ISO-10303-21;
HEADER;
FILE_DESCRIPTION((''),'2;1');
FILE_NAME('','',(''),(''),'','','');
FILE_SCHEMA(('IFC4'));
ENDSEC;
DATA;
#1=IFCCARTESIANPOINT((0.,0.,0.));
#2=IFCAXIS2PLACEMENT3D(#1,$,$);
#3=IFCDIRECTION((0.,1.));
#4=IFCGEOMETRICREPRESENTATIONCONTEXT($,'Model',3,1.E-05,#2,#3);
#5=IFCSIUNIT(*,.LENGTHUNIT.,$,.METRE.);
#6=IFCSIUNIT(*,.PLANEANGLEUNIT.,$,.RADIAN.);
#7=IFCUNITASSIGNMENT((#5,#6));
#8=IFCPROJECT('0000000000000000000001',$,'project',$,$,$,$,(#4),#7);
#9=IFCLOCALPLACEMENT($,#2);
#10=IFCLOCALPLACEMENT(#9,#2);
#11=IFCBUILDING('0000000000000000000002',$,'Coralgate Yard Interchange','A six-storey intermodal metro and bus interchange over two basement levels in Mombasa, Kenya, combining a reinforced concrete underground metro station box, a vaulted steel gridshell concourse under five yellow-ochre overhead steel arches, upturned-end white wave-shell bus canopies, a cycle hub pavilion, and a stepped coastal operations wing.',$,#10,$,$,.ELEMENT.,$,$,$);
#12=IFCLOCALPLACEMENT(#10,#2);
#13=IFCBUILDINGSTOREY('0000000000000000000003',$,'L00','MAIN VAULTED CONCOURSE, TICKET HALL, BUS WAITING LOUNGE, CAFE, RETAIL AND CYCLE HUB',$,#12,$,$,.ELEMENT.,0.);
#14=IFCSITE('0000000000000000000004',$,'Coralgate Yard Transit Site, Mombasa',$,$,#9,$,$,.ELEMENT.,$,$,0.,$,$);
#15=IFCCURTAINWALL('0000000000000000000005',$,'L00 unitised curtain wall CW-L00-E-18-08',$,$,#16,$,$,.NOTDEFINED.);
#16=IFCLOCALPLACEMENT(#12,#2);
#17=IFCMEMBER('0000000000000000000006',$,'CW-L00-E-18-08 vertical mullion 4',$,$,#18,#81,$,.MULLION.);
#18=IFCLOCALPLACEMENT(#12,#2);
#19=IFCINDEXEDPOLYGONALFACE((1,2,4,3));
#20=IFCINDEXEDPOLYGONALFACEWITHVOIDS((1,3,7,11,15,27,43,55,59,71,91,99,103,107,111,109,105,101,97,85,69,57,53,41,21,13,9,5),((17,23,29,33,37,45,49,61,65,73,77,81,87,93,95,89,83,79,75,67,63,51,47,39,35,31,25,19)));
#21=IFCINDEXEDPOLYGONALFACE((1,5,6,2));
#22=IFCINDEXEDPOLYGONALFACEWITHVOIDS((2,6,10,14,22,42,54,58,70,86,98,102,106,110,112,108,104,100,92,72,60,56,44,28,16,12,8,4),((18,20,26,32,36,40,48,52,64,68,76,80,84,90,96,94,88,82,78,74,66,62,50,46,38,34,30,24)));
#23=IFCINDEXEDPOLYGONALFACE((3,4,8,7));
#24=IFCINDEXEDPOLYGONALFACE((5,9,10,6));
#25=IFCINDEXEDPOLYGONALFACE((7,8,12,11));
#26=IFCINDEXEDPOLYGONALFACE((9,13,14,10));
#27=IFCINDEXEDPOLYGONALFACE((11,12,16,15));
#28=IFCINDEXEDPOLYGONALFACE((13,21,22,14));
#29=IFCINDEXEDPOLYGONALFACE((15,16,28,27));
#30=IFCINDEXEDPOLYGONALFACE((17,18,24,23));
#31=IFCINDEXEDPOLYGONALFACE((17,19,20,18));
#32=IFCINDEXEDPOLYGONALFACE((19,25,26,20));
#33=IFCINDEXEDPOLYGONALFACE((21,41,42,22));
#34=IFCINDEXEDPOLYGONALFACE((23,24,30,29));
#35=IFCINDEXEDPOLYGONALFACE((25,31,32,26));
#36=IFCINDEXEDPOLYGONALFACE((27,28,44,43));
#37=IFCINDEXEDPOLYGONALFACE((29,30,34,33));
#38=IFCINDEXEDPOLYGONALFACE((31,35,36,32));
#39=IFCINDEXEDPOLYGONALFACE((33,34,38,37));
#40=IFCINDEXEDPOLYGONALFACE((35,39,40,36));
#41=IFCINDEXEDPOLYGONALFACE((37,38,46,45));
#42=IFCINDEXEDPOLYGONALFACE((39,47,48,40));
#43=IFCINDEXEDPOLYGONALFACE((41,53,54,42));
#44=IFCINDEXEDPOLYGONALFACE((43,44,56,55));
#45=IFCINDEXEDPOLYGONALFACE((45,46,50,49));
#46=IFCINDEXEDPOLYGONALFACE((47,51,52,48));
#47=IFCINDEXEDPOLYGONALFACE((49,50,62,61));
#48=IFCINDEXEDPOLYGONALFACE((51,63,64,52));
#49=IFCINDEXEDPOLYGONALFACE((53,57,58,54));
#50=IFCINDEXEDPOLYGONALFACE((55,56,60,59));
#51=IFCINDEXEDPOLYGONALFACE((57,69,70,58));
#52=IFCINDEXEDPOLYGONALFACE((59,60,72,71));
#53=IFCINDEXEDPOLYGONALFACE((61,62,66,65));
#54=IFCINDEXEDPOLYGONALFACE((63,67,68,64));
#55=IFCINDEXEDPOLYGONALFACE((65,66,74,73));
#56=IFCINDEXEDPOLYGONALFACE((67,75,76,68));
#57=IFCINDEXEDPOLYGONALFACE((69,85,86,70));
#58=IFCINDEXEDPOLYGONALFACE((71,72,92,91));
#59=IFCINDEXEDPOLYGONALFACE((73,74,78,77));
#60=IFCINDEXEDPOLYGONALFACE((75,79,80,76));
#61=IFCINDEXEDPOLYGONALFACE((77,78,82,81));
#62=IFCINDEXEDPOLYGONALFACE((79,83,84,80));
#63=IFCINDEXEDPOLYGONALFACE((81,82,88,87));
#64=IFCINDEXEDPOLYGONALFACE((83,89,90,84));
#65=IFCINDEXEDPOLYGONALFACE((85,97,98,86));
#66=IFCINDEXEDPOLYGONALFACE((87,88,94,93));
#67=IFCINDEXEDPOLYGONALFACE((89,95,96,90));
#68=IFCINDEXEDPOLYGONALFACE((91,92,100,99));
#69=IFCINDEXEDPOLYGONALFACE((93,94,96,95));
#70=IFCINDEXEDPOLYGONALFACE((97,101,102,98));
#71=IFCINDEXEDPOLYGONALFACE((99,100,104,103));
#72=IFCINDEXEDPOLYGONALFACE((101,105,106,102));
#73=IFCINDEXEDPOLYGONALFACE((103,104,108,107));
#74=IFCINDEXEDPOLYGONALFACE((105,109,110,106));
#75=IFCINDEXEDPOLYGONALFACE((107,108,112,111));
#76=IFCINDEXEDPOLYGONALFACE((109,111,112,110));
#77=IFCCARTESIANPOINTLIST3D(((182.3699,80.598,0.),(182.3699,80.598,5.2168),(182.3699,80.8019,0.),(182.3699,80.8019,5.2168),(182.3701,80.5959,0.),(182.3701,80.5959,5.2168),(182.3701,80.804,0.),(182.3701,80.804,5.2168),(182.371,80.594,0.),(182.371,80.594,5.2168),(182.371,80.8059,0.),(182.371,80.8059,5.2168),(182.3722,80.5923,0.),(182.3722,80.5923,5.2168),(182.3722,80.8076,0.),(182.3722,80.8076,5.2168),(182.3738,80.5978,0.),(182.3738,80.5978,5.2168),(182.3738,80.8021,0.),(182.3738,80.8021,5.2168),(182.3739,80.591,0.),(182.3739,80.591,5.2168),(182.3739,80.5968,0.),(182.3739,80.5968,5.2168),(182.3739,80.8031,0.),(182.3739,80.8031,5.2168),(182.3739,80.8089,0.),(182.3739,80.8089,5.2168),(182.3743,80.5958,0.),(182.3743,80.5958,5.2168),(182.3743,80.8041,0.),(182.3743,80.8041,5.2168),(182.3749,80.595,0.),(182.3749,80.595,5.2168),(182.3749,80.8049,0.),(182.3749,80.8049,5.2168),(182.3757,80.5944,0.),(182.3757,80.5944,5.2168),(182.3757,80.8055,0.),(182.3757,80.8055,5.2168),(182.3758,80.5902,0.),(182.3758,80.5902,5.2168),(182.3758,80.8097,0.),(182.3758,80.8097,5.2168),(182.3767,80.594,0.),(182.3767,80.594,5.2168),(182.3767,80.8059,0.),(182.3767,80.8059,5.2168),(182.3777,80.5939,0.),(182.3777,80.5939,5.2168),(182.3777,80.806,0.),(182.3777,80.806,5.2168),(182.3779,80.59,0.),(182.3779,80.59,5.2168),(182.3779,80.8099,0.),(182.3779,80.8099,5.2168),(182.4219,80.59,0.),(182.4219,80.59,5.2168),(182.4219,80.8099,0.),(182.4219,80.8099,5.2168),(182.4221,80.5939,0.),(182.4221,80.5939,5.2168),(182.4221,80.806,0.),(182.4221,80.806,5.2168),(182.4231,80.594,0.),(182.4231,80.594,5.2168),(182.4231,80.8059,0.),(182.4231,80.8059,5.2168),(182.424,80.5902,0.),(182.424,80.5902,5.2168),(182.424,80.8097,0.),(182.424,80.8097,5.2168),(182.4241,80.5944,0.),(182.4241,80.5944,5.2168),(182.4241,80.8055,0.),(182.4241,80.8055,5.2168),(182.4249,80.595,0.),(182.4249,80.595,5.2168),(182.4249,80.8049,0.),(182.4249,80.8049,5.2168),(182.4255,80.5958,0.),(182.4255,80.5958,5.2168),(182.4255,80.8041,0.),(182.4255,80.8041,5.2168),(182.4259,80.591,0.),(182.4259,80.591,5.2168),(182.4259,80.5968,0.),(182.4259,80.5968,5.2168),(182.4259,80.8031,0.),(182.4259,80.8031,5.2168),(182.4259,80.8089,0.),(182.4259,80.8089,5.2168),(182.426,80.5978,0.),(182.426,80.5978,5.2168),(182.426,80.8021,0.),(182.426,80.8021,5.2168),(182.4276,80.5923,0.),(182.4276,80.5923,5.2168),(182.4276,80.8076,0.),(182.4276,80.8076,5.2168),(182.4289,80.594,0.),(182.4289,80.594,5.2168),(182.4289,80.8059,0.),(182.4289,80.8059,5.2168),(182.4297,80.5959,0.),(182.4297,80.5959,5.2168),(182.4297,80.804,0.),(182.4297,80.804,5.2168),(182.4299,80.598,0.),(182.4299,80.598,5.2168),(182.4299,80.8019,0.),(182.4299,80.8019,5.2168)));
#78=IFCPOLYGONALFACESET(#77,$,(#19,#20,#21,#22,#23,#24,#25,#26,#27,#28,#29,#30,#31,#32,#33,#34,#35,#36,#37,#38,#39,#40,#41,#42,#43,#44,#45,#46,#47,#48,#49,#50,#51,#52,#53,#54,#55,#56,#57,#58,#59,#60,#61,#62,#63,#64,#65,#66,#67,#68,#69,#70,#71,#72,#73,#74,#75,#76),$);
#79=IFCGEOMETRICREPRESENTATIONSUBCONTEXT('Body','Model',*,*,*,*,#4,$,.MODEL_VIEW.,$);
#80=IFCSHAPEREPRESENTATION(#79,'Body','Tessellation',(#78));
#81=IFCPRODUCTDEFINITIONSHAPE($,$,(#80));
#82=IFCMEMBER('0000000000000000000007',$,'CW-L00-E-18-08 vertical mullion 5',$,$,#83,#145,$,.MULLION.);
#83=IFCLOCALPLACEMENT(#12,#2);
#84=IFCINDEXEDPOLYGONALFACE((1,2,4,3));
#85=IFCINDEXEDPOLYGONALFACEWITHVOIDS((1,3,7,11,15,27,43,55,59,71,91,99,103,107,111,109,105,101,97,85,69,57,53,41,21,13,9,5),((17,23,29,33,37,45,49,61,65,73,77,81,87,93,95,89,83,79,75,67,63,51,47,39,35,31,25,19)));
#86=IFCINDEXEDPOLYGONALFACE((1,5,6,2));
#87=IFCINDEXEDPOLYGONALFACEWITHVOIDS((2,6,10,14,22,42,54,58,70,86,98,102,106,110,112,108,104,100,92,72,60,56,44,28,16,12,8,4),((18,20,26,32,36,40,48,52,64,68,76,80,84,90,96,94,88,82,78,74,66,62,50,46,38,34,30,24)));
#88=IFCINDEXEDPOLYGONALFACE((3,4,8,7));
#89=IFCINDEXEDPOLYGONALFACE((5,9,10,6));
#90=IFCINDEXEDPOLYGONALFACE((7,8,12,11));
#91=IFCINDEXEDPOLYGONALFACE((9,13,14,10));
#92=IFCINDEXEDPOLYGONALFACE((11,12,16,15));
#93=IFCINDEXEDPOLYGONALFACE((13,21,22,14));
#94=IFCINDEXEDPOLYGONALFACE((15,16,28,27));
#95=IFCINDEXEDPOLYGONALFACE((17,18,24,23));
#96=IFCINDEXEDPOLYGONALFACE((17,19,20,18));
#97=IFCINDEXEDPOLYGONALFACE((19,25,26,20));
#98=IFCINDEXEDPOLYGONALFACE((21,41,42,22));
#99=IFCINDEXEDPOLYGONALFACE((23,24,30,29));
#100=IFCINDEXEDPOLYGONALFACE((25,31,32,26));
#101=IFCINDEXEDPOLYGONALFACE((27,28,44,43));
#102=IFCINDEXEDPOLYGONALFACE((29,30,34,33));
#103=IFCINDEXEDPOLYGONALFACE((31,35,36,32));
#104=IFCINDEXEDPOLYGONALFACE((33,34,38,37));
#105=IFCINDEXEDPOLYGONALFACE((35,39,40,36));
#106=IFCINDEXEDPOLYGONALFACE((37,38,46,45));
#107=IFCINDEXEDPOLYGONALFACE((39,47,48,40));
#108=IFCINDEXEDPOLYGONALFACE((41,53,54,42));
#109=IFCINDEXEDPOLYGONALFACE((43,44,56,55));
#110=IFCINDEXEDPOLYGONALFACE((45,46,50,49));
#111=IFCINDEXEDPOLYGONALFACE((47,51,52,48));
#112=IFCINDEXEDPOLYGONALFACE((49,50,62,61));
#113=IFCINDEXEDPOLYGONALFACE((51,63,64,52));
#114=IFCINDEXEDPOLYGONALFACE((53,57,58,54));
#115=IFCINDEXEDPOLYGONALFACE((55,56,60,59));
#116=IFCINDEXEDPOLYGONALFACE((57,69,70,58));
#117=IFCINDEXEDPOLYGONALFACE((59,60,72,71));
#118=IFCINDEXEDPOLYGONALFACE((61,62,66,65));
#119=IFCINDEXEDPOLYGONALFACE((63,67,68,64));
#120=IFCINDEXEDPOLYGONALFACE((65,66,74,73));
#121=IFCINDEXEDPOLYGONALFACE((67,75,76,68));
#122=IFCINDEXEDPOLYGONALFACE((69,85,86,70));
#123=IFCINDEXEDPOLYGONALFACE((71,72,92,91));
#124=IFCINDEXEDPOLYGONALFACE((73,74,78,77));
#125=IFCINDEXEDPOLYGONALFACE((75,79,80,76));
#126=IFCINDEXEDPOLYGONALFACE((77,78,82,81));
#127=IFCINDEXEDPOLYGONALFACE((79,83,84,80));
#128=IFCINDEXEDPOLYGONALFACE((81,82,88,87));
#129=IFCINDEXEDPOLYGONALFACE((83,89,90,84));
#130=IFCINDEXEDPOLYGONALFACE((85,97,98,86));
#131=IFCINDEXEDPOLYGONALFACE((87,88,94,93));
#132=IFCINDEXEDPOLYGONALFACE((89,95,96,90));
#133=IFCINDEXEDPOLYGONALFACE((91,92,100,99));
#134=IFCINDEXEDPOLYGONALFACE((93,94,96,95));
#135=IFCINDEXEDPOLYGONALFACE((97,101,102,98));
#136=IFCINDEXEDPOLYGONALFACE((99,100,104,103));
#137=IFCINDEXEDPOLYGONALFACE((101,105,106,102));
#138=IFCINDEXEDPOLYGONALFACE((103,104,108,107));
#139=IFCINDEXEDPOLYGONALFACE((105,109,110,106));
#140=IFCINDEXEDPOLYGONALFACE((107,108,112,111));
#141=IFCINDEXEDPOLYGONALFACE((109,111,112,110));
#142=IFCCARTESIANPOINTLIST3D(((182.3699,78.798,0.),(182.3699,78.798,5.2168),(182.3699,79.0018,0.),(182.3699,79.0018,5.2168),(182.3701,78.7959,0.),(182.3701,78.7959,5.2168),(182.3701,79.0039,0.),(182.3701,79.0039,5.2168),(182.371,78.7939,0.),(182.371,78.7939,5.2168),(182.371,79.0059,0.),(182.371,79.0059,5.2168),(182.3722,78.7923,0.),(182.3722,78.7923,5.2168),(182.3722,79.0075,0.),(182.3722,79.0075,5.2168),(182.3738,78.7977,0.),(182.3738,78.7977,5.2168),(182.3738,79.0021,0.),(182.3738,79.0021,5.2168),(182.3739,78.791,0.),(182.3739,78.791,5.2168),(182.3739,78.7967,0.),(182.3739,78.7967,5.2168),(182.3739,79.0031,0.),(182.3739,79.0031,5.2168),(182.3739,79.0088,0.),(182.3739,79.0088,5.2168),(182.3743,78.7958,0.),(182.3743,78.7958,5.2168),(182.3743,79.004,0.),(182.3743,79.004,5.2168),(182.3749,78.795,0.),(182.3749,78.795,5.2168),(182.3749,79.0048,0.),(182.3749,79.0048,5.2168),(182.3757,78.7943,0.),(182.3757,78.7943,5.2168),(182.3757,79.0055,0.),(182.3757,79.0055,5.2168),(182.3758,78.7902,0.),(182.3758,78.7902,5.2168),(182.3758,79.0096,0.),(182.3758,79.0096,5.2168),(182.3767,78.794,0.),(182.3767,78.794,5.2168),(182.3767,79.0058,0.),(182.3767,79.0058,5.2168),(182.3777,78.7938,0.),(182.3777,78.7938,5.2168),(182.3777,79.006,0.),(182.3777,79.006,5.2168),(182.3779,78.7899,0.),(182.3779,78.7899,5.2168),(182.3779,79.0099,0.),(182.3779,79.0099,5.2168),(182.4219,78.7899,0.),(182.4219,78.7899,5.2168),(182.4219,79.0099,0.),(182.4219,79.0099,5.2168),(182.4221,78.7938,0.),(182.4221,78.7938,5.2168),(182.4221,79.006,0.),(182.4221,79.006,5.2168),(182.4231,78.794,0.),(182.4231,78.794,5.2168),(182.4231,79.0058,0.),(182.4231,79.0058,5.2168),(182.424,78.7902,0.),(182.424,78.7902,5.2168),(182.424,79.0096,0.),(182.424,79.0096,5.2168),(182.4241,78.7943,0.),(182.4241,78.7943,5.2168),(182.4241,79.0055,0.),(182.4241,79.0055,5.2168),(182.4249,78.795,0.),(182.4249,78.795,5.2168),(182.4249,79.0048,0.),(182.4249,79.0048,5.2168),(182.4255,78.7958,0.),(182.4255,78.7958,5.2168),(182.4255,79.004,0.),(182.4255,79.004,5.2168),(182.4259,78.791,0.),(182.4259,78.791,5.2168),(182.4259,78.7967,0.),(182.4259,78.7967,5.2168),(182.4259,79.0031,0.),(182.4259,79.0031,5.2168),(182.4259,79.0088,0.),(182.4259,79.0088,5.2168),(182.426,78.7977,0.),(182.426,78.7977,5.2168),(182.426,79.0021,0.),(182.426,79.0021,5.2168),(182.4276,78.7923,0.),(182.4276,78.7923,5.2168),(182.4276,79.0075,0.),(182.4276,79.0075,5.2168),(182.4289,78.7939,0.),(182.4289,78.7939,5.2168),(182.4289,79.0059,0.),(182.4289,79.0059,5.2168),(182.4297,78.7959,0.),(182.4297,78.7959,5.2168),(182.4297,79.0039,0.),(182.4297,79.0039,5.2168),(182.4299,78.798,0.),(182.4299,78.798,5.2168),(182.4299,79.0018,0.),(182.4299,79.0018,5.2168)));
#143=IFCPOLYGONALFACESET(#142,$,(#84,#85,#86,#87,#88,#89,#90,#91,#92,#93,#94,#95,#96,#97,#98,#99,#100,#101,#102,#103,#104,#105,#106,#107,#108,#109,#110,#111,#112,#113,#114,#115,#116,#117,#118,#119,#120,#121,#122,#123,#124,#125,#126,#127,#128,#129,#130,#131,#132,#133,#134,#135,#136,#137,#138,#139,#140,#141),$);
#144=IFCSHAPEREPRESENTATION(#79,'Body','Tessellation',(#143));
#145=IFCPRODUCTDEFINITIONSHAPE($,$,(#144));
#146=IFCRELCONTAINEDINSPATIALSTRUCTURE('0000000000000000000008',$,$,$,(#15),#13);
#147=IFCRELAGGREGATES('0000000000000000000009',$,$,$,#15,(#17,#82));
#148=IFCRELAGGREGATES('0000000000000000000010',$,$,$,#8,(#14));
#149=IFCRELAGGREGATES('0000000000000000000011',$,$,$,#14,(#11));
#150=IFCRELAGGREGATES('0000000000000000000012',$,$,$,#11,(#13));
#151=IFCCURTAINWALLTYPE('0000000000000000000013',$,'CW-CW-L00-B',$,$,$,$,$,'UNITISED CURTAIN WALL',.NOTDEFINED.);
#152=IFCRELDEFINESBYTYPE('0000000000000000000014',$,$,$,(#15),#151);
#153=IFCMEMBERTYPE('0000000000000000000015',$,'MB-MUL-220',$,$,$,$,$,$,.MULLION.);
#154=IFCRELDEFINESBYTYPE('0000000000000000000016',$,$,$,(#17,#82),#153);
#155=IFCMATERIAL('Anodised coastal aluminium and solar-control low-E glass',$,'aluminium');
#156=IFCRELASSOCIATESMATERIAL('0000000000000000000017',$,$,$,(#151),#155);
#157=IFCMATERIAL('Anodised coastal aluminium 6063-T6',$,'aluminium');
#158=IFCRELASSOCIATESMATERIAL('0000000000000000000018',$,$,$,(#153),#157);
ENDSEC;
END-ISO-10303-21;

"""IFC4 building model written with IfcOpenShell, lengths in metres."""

from ifc_helpers import new_model, si_unit, direction, frame, origin, origin_2d, place, context, subcontext, project, spatial, hollow_rectangle, extrude, material, material_profile, profile_set, type_object, element, aggregate, save


model = new_model("IFC4")

# Units and contexts
model_context = context("Model", 3, precision=1e-05, world=origin(), true_north=direction((0.0, 1.0)))
body_context = subcontext(model_context, "Body", "Model", "MODEL_VIEW")
ifc_project = project(units=[si_unit("LENGTHUNIT", "METRE"), si_unit("PLANEANGLEUNIT", "RADIAN")], contexts=[model_context])

# Site, building, storey
site_placement = place(None, origin())
site = spatial("IfcSite", under=ifc_project, at=site_placement, Name="Coralgate Yard Transit Site, Mombasa", CompositionType="ELEMENT", RefElevation=0.0)
building_placement = place(site_placement, origin())
building = spatial("IfcBuilding", under=site, at=building_placement, Name="Coralgate Yard Interchange", Description="A six-storey intermodal metro and bus interchange over two basement levels in Mombasa, Kenya, combining a reinforced concrete underground metro station box, a vaulted steel gridshell concourse under five yellow-ochre overhead steel arches, upturned-end white wave-shell bus canopies, a cycle hub pavilion, and a stepped coastal operations wing.", CompositionType="ELEMENT")
storey_placement = place(building_placement, origin())
storey = spatial("IfcBuildingStorey", under=building, at=storey_placement, Name="L00", Description="MAIN VAULTED CONCOURSE, TICKET HALL, BUS WAITING LOUNGE, CAFE, RETAIL AND CYCLE HUB", CompositionType="ELEMENT", Elevation=0.0)

# Curtain wall, members
ifc_material_1 = material(Name="Anodised coastal aluminium and solar-control low-E glass", Category="aluminium")
curtain_wall_type = type_object("IfcCurtainWallType", Name="CW-CW-L00-B", ElementType="UNITISED CURTAIN WALL", PredefinedType="NOTDEFINED", material=ifc_material_1)
curtain_wall_placement = place(storey_placement, origin())
curtain_wall = element("IfcCurtainWall", 1, at=curtain_wall_placement, inside=storey, type_object=curtain_wall_type, Name="L00 unitised curtain wall CW-L00-E-18-08", PredefinedType="NOTDEFINED")
ifc_material_2 = material(Name="Anodised coastal aluminium 6063-T6", Category="aluminium")
ifc_material_profile_1 = material_profile(ifc_material_2, hollow_rectangle(XDim=0.0601, YDim=0.22, WallThickness=0.0039, InnerFilletRadius=0.0039, OuterFilletRadius=0.0081, at=origin_2d()), Name="ALU 60x220x4")
ifc_profile_set_1 = profile_set([ifc_material_profile_1], Name="Anodised coastal aluminium 6063-T6")
member_type_1 = type_object("IfcMemberType", Name="MB-MUL-220", PredefinedType="MULLION", material=ifc_profile_set_1)
member_1_placement = place(storey_placement, frame((182.3999, 80.7, 0.0), z_axis=(0.0, 0.0, 1.0), x_axis=(1.0, 0.0, 0.0)))
member_1 = element("IfcMember", 2, at=member_1_placement, type_object=member_type_1, Name="CW-L00-E-18-08 vertical mullion 4", PredefinedType="MULLION", context=body_context, shape_type="SweptSolid", body=[
    extrude(hollow_rectangle(XDim=0.0601, YDim=0.22, WallThickness=0.0039, InnerFilletRadius=0.0039, OuterFilletRadius=0.0081, at=origin_2d()), origin(), (0.0, 0.0, 1.0), 5.2168),
])
member_2_placement = place(storey_placement, frame((182.3999, 78.8999, 0.0), z_axis=(0.0, 0.0, 1.0), x_axis=(1.0, 0.0, 0.0)))
member_2 = element("IfcMember", 3, at=member_2_placement, type_object=member_type_1, Name="CW-L00-E-18-08 vertical mullion 5", PredefinedType="MULLION", context=body_context, shape_type="SweptSolid", body=[
    extrude(hollow_rectangle(XDim=0.0601, YDim=0.22, WallThickness=0.0039, InnerFilletRadius=0.0039, OuterFilletRadius=0.0081, at=origin_2d()), origin(), (0.0, 0.0, 1.0), 5.2168),
])
aggregate(curtain_wall, [member_1, member_2])

save(model, "model.ifc")
